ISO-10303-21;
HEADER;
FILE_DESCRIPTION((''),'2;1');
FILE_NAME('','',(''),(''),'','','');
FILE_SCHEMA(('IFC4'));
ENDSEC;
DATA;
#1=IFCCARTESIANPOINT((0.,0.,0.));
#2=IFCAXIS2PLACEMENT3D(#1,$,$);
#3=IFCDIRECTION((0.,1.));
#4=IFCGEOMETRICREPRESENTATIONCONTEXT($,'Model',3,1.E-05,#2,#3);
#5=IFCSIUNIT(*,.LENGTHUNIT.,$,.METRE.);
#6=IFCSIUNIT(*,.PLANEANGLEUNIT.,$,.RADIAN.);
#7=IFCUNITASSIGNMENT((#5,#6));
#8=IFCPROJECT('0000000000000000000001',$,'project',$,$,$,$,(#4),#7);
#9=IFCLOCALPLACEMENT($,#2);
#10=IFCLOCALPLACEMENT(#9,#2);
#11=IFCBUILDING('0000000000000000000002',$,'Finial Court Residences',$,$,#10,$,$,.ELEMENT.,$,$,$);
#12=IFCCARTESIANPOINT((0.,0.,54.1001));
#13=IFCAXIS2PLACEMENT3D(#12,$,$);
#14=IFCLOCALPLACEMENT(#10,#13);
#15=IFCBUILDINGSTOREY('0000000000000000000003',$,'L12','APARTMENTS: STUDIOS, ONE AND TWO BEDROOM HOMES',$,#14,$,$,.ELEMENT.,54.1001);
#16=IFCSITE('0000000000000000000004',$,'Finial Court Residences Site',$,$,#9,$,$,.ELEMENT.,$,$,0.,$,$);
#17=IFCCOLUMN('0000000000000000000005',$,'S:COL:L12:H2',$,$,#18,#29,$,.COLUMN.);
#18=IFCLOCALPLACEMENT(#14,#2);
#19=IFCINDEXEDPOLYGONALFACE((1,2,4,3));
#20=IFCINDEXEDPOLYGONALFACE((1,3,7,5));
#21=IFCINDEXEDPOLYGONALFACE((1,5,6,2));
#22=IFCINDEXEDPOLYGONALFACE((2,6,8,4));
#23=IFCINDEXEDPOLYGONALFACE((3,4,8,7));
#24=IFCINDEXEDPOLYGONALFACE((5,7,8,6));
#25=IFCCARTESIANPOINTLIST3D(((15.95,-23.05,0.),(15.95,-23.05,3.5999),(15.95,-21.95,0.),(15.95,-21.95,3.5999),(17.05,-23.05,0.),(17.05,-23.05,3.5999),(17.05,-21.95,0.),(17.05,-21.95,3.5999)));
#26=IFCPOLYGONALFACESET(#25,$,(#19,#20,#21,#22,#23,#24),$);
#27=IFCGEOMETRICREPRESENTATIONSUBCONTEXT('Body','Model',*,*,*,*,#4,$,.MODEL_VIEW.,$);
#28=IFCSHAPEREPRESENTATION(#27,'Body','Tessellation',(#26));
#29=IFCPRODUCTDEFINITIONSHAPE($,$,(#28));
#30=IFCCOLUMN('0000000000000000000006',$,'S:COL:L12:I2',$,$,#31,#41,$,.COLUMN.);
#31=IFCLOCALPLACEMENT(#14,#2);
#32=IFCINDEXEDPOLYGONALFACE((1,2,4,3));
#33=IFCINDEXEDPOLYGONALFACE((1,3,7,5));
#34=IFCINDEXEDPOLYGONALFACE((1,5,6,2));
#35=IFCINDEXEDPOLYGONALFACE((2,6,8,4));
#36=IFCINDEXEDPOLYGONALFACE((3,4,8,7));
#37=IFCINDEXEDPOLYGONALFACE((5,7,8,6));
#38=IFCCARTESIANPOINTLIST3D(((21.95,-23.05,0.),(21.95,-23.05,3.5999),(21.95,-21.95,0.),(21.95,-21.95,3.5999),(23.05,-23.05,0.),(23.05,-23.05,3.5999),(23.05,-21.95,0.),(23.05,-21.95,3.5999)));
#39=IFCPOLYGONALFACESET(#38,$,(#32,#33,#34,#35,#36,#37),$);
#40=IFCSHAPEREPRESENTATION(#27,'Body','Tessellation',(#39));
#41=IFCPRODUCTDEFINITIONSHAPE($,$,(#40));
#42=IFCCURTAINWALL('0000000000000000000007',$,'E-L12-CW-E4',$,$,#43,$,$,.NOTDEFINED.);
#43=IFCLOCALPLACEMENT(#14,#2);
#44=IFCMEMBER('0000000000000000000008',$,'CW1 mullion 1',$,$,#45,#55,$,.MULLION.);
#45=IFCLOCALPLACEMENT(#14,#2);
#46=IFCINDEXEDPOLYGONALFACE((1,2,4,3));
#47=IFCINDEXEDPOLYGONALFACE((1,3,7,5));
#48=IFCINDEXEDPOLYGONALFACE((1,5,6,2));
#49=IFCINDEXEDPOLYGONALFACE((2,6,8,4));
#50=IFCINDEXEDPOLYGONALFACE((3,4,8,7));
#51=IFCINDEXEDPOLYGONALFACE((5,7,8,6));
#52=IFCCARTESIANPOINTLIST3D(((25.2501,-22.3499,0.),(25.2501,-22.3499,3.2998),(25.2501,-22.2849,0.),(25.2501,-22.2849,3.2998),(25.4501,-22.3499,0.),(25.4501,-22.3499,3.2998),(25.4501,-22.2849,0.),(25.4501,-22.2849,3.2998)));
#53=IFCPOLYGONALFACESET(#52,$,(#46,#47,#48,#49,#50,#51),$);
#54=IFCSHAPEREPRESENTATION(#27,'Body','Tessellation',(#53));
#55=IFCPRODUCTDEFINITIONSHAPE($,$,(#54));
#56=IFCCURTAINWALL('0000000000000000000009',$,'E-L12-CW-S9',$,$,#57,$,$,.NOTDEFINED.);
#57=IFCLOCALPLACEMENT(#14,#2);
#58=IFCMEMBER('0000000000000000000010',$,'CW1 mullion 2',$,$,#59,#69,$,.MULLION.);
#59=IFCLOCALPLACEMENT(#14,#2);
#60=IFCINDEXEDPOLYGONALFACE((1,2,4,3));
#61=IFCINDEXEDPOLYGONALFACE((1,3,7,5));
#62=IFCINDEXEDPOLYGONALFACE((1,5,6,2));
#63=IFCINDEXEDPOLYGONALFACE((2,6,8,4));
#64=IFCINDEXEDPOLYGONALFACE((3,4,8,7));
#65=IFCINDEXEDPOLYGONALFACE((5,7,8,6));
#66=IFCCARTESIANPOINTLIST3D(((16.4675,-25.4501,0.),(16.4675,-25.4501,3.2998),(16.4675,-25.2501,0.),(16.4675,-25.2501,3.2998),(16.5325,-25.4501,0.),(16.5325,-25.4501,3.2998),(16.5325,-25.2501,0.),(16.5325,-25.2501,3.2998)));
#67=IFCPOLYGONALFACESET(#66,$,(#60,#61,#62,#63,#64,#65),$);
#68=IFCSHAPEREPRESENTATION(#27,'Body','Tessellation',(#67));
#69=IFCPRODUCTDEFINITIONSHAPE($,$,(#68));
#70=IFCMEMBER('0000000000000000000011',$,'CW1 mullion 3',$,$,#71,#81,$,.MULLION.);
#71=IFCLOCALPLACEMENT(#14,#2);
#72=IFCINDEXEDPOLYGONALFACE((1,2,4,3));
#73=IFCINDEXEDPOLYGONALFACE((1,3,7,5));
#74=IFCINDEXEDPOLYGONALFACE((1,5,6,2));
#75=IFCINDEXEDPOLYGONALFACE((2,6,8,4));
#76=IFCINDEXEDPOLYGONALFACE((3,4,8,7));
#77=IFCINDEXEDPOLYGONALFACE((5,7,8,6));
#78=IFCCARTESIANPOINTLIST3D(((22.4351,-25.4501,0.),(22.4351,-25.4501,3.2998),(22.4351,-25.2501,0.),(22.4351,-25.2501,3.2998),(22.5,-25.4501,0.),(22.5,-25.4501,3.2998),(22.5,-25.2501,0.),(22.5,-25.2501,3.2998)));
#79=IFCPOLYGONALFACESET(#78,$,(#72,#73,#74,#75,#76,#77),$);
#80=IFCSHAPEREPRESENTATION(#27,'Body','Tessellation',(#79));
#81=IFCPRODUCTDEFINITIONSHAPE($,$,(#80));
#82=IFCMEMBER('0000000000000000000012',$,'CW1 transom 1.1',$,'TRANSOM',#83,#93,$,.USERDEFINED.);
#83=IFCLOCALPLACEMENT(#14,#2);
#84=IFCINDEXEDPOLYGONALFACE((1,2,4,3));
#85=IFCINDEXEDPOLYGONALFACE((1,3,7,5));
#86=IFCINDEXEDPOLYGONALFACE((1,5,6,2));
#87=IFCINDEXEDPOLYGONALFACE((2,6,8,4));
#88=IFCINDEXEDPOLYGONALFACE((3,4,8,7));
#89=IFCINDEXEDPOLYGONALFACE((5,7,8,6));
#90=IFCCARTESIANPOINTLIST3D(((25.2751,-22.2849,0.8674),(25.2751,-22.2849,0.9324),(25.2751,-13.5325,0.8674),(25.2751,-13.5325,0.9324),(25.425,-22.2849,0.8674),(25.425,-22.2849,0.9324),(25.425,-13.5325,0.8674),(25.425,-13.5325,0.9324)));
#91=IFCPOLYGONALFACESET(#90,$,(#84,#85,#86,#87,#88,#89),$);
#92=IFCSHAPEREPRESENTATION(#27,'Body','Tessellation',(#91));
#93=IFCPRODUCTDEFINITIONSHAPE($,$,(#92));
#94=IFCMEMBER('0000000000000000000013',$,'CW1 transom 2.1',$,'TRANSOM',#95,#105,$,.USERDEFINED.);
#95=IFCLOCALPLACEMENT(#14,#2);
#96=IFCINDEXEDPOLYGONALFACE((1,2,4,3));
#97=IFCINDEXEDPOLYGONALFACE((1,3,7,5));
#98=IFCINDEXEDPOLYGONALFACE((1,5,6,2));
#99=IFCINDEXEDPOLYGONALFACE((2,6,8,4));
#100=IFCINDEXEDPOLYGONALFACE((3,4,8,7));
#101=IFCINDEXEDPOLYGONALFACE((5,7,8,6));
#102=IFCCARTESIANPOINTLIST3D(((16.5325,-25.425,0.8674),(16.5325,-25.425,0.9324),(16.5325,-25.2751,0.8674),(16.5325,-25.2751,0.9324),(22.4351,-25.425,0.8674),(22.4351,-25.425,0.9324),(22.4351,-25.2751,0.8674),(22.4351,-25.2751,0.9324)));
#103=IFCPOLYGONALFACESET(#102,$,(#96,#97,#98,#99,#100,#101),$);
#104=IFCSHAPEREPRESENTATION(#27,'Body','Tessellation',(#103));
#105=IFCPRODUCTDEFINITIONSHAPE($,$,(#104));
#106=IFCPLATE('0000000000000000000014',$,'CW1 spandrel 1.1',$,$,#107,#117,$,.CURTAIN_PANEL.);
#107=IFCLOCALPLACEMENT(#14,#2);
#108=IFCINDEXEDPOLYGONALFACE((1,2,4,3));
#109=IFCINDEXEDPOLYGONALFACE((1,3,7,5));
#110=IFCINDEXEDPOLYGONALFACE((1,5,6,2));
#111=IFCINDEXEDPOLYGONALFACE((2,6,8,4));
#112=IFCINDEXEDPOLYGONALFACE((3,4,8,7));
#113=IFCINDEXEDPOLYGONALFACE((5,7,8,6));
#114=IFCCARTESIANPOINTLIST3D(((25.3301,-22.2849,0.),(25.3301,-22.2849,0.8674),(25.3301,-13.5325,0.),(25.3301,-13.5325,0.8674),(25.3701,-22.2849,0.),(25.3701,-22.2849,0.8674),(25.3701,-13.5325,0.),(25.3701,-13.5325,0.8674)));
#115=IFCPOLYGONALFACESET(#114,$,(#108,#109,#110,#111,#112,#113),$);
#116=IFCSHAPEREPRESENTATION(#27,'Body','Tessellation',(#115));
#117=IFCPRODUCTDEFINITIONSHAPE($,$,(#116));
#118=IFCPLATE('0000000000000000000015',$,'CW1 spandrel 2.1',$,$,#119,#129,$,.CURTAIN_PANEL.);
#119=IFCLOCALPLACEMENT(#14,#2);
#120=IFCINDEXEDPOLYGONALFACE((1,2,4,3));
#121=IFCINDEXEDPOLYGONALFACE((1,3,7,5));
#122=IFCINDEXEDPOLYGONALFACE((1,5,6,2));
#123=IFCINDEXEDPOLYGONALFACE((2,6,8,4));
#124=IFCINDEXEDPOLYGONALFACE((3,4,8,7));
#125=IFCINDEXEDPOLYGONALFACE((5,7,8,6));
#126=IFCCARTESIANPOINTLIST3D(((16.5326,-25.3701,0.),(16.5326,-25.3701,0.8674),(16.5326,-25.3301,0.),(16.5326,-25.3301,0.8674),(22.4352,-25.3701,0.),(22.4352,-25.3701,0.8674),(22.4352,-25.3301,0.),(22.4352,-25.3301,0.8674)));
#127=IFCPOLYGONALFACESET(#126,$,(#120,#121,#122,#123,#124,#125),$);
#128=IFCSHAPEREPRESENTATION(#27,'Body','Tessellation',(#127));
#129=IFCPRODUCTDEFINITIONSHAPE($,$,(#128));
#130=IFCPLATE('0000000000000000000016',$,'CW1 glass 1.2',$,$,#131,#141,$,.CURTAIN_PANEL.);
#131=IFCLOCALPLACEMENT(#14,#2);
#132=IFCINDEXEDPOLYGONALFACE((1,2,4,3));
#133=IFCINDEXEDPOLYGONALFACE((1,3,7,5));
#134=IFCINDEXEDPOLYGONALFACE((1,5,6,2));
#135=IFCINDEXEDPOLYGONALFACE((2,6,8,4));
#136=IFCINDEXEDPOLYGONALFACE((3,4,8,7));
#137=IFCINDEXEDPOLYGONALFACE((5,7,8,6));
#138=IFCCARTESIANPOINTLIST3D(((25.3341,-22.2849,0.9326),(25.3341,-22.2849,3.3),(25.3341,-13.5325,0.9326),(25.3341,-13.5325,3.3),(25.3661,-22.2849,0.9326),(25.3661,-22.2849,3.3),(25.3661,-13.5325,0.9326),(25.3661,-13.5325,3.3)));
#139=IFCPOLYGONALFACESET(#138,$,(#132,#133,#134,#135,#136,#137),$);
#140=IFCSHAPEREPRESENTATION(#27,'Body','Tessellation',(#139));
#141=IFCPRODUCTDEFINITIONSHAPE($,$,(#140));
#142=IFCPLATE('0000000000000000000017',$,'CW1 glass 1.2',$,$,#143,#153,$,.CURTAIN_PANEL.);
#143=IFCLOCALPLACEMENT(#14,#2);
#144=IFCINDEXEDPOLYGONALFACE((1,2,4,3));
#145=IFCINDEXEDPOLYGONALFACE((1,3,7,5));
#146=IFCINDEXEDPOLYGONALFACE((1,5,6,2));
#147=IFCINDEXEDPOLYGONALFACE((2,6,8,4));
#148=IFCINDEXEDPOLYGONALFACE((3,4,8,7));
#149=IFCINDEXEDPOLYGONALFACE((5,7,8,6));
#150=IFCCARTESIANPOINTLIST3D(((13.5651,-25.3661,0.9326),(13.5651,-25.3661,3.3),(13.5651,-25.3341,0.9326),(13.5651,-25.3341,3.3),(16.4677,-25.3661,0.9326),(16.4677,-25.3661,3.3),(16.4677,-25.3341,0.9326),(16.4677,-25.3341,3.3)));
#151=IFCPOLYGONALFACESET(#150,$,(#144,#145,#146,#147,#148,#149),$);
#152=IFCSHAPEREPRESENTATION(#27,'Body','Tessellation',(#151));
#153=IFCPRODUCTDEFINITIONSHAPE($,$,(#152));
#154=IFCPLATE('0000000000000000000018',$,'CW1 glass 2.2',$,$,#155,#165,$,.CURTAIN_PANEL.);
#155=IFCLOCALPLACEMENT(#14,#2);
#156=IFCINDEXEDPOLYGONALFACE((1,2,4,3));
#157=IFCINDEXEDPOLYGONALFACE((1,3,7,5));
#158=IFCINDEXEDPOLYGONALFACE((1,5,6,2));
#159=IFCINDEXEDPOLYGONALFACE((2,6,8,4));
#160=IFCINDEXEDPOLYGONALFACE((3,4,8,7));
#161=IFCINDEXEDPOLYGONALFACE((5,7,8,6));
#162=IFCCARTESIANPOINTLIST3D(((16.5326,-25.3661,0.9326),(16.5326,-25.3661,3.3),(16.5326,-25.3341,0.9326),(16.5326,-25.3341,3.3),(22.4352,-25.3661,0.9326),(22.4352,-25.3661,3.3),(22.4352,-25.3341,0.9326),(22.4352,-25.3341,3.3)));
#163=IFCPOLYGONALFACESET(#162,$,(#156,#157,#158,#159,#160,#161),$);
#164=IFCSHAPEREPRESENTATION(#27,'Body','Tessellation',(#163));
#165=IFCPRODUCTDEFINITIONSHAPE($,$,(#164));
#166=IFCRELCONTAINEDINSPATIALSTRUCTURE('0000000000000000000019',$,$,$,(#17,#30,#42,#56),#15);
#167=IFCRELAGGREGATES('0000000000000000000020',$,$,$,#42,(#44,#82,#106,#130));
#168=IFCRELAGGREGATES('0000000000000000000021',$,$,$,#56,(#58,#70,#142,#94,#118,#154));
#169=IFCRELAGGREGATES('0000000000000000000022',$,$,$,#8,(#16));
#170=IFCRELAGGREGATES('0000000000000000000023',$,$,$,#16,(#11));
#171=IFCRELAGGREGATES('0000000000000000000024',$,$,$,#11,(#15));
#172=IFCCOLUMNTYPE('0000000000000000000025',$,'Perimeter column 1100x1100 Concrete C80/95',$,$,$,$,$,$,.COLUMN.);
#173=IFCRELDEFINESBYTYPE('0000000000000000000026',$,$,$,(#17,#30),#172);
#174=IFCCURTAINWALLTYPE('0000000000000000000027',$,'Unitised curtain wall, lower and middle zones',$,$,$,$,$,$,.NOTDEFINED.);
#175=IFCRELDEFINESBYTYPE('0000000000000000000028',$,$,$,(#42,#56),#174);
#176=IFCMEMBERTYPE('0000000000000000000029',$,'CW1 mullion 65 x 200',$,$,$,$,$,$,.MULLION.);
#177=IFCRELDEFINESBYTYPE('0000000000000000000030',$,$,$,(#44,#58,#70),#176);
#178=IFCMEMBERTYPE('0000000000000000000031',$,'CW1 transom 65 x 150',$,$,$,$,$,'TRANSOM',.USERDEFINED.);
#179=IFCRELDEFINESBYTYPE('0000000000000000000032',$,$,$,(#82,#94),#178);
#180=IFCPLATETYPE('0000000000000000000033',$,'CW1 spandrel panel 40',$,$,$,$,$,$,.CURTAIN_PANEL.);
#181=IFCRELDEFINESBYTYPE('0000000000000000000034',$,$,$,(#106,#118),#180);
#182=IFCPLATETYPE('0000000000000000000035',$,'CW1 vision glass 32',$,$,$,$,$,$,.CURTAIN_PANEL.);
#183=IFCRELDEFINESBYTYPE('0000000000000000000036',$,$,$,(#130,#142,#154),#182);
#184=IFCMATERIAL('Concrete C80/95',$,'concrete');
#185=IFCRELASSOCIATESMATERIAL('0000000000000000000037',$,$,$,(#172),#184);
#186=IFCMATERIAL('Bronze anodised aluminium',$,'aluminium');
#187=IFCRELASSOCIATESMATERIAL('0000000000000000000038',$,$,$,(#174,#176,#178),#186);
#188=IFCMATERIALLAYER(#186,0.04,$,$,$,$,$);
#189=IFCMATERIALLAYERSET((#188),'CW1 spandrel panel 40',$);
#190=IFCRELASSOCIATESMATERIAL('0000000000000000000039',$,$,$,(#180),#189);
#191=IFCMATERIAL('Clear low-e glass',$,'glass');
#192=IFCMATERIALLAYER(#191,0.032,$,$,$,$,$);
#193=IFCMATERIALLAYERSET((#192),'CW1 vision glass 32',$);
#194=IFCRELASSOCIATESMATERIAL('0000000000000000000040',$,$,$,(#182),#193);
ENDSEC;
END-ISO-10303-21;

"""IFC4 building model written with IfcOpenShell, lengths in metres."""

from ifc_helpers import new_model, si_unit, direction, frame, origin, origin_2d, place, context, subcontext, project, spatial, rectangle, extrude, material, layer, layer_set, material_profile, profile_set, type_object, element, aggregate, save


model = new_model("IFC4")

# Units and contexts
model_context = context("Model", 3, precision=1e-05, world=origin(), true_north=direction((0.0, 1.0)))
body_context = subcontext(model_context, "Body", "Model", "MODEL_VIEW")
ifc_project = project(units=[si_unit("LENGTHUNIT", "METRE"), si_unit("PLANEANGLEUNIT", "RADIAN")], contexts=[model_context])

# Site, building, storey
site_placement = place(None, origin())
site = spatial("IfcSite", under=ifc_project, at=site_placement, Name="Finial Court Residences Site", CompositionType="ELEMENT", RefElevation=0.0)
building_placement = place(site_placement, origin())
building = spatial("IfcBuilding", under=site, at=building_placement, Name="Finial Court Residences", CompositionType="ELEMENT")
storey_placement = place(building_placement, frame((0.0, 0.0, 54.1001)))
storey = spatial("IfcBuildingStorey", under=building, at=storey_placement, Name="L12", Description="APARTMENTS: STUDIOS, ONE AND TWO BEDROOM HOMES", CompositionType="ELEMENT", Elevation=54.1001)

# Columns
ifc_material_1 = material(Name="Concrete C80/95", Category="concrete")
ifc_material_profile_1 = material_profile(ifc_material_1, rectangle(XDim=1.1001, YDim=1.1001, at=origin_2d()), Name="1100x1100")
ifc_profile_set_1 = profile_set([ifc_material_profile_1], Name="Concrete C80/95")
column_type = type_object("IfcColumnType", Name="Perimeter column 1100x1100 Concrete C80/95", PredefinedType="COLUMN", material=ifc_profile_set_1)
for number, where, z_axis, x_axis, name in (
    (1, (16.5, -22.5, 0.0), (0.0, 0.0, 1.0), (1.0, 0.0, 0.0), "S:COL:L12:H2"),
    (2, (22.5, -22.5, 0.0), (0.0, 0.0, 1.0), (1.0, 0.0, 0.0), "S:COL:L12:I2"),
):
    element("IfcColumn", number, at=place(storey_placement, frame(where, z_axis=z_axis, x_axis=x_axis)), inside=storey, type_object=column_type, Name=name, PredefinedType="COLUMN", context=body_context, shape_type="SweptSolid", body=[
        extrude(rectangle(XDim=1.1001, YDim=1.1001, at=origin_2d()), origin(), (0.0, 0.0, 1.0), 3.5999),
    ])

# Curtain wall, member
ifc_material_2 = material(Name="Bronze anodised aluminium", Category="aluminium")
curtain_wall_type = type_object("IfcCurtainWallType", Name="Unitised curtain wall, lower and middle zones", PredefinedType="NOTDEFINED", material=ifc_material_2)
curtain_wall_1_placement = place(storey_placement, origin())
curtain_wall_1 = element("IfcCurtainWall", 3, at=curtain_wall_1_placement, inside=storey, type_object=curtain_wall_type, Name="E-L12-CW-E4", PredefinedType="NOTDEFINED")
ifc_material_profile_2 = material_profile(ifc_material_2, rectangle(XDim=0.2, YDim=0.0649, at=origin_2d()), Name="CW1 mullion 65 x 200")
ifc_profile_set_2 = profile_set([ifc_material_profile_2], Name="Bronze anodised aluminium")
member_type_1 = type_object("IfcMemberType", Name="CW1 mullion 65 x 200", PredefinedType="MULLION", material=ifc_profile_set_2)
member_1_placement = place(storey_placement, frame((25.3501, -22.3174, 0.0), z_axis=(0.0, 0.0, 1.0), x_axis=(-1.0, 0.0, 0.0)))
member_1 = element("IfcMember", 4, at=member_1_placement, type_object=member_type_1, Name="CW1 mullion 1", PredefinedType="MULLION", context=body_context, shape_type="SweptSolid", body=[
    extrude(rectangle(XDim=0.2, YDim=0.0649, at=origin_2d()), origin(), (0.0, 0.0, 1.0), 3.2998),
])

# Curtain wall, members
curtain_wall_2_placement = place(storey_placement, origin())
curtain_wall_2 = element("IfcCurtainWall", 5, at=curtain_wall_2_placement, inside=storey, type_object=curtain_wall_type, Name="E-L12-CW-S9", PredefinedType="NOTDEFINED")
member_2_placement = place(storey_placement, frame((16.5, -25.3501, 0.0), z_axis=(0.0, 0.0, 1.0), x_axis=(0.0, 1.0, 0.0)))
member_2 = element("IfcMember", 6, at=member_2_placement, type_object=member_type_1, Name="CW1 mullion 2", PredefinedType="MULLION", context=body_context, shape_type="SweptSolid", body=[
    extrude(rectangle(XDim=0.2, YDim=0.0649, at=origin_2d()), origin(), (0.0, 0.0, 1.0), 3.2998),
])
member_3_placement = place(storey_placement, frame((22.4675, -25.3501, 0.0), z_axis=(0.0, 0.0, 1.0), x_axis=(0.0, 1.0, 0.0)))
member_3 = element("IfcMember", 7, at=member_3_placement, type_object=member_type_1, Name="CW1 mullion 3", PredefinedType="MULLION", context=body_context, shape_type="SweptSolid", body=[
    extrude(rectangle(XDim=0.2, YDim=0.0649, at=origin_2d()), origin(), (0.0, 0.0, 1.0), 3.2998),
])

# Members
ifc_material_profile_3 = material_profile(ifc_material_2, rectangle(XDim=0.1499, YDim=0.0649, at=origin_2d()), Name="CW1 transom 65 x 150")
ifc_profile_set_3 = profile_set([ifc_material_profile_3], Name="Bronze anodised aluminium")
member_type_2 = type_object("IfcMemberType", Name="CW1 transom 65 x 150", ElementType="TRANSOM", PredefinedType="USERDEFINED", material=ifc_profile_set_3)
member_4_placement = place(storey_placement, frame((25.3501, -22.2849, 0.8999), z_axis=(0.0, 1.0, 0.0), x_axis=(-1.0, 0.0, 0.0)))
member_4 = element("IfcMember", 8, at=member_4_placement, type_object=member_type_2, Name="CW1 transom 1.1", ObjectType="TRANSOM", PredefinedType="USERDEFINED", context=body_context, shape_type="SweptSolid", body=[
    extrude(rectangle(XDim=0.1499, YDim=0.0649, at=origin_2d()), origin(), (0.0, 0.0, 1.0), 8.7524),
])
member_5_placement = place(storey_placement, frame((16.5325, -25.3501, 0.8999), z_axis=(1.0, 0.0, 0.0), x_axis=(0.0, 1.0, 0.0)))
member_5 = element("IfcMember", 9, at=member_5_placement, type_object=member_type_2, Name="CW1 transom 2.1", ObjectType="TRANSOM", PredefinedType="USERDEFINED", context=body_context, shape_type="SweptSolid", body=[
    extrude(rectangle(XDim=0.1499, YDim=0.0649, at=origin_2d()), origin(), (0.0, 0.0, 1.0), 5.9026),
])

# Plates
ifc_layer_1 = layer(ifc_material_2, 0.04)
ifc_layer_set_1 = layer_set([ifc_layer_1], Name="CW1 spandrel panel 40")
plate_type_1 = type_object("IfcPlateType", Name="CW1 spandrel panel 40", PredefinedType="CURTAIN_PANEL", material=ifc_layer_set_1)
plate_1_placement = place(storey_placement, frame((25.3501, -17.9087, 0.0), z_axis=(0.0, 0.0, 1.0), x_axis=(0.0, 1.0, 0.0)))
plate_1 = element("IfcPlate", 10, at=plate_1_placement, type_object=plate_type_1, Name="CW1 spandrel 1.1", PredefinedType="CURTAIN_PANEL", context=body_context, shape_type="SweptSolid", body=[
    extrude(rectangle(XDim=8.7524, YDim=0.04, at=origin_2d()), origin(), (0.0, 0.0, 1.0), 0.8674),
])
plate_2_placement = place(storey_placement, frame((19.4839, -25.3501, 0.0), z_axis=(0.0, 0.0, 1.0), x_axis=(1.0, 0.0, 0.0)))
plate_2 = element("IfcPlate", 11, at=plate_2_placement, type_object=plate_type_1, Name="CW1 spandrel 2.1", PredefinedType="CURTAIN_PANEL", context=body_context, shape_type="SweptSolid", body=[
    extrude(rectangle(XDim=5.9026, YDim=0.04, at=origin_2d()), origin(), (0.0, 0.0, 1.0), 0.8674),
])
ifc_material_3 = material(Name="Clear low-e glass", Category="glass")
ifc_layer_2 = layer(ifc_material_3, 0.032)
ifc_layer_set_2 = layer_set([ifc_layer_2], Name="CW1 vision glass 32")
plate_type_2 = type_object("IfcPlateType", Name="CW1 vision glass 32", PredefinedType="CURTAIN_PANEL", material=ifc_layer_set_2)
plate_3_placement = place(storey_placement, frame((25.3501, -17.9087, 0.9326), z_axis=(0.0, 0.0, 1.0), x_axis=(0.0, 1.0, 0.0)))
plate_3 = element("IfcPlate", 12, at=plate_3_placement, type_object=plate_type_2, Name="CW1 glass 1.2", PredefinedType="CURTAIN_PANEL", context=body_context, shape_type="SweptSolid", body=[
    extrude(rectangle(XDim=8.7524, YDim=0.032, at=origin_2d()), origin(), (0.0, 0.0, 1.0), 2.3674),
])
aggregate(curtain_wall_1, [member_1, member_4, plate_1, plate_3])
plate_4_placement = place(storey_placement, frame((15.0164, -25.3501, 0.9326), z_axis=(0.0, 0.0, 1.0), x_axis=(1.0, 0.0, 0.0)))
plate_4 = element("IfcPlate", 13, at=plate_4_placement, type_object=plate_type_2, Name="CW1 glass 1.2", PredefinedType="CURTAIN_PANEL", context=body_context, shape_type="SweptSolid", body=[
    extrude(rectangle(XDim=2.9026, YDim=0.032, at=origin_2d()), origin(), (0.0, 0.0, 1.0), 2.3674),
])
plate_5_placement = place(storey_placement, frame((19.4839, -25.3501, 0.9326), z_axis=(0.0, 0.0, 1.0), x_axis=(1.0, 0.0, 0.0)))
plate_5 = element("IfcPlate", 14, at=plate_5_placement, type_object=plate_type_2, Name="CW1 glass 2.2", PredefinedType="CURTAIN_PANEL", context=body_context, shape_type="SweptSolid", body=[
    extrude(rectangle(XDim=5.9026, YDim=0.032, at=origin_2d()), origin(), (0.0, 0.0, 1.0), 2.3674),
])
aggregate(curtain_wall_2, [member_2, member_3, plate_4, member_5, plate_2, plate_5])

save(model, "model.ifc")
